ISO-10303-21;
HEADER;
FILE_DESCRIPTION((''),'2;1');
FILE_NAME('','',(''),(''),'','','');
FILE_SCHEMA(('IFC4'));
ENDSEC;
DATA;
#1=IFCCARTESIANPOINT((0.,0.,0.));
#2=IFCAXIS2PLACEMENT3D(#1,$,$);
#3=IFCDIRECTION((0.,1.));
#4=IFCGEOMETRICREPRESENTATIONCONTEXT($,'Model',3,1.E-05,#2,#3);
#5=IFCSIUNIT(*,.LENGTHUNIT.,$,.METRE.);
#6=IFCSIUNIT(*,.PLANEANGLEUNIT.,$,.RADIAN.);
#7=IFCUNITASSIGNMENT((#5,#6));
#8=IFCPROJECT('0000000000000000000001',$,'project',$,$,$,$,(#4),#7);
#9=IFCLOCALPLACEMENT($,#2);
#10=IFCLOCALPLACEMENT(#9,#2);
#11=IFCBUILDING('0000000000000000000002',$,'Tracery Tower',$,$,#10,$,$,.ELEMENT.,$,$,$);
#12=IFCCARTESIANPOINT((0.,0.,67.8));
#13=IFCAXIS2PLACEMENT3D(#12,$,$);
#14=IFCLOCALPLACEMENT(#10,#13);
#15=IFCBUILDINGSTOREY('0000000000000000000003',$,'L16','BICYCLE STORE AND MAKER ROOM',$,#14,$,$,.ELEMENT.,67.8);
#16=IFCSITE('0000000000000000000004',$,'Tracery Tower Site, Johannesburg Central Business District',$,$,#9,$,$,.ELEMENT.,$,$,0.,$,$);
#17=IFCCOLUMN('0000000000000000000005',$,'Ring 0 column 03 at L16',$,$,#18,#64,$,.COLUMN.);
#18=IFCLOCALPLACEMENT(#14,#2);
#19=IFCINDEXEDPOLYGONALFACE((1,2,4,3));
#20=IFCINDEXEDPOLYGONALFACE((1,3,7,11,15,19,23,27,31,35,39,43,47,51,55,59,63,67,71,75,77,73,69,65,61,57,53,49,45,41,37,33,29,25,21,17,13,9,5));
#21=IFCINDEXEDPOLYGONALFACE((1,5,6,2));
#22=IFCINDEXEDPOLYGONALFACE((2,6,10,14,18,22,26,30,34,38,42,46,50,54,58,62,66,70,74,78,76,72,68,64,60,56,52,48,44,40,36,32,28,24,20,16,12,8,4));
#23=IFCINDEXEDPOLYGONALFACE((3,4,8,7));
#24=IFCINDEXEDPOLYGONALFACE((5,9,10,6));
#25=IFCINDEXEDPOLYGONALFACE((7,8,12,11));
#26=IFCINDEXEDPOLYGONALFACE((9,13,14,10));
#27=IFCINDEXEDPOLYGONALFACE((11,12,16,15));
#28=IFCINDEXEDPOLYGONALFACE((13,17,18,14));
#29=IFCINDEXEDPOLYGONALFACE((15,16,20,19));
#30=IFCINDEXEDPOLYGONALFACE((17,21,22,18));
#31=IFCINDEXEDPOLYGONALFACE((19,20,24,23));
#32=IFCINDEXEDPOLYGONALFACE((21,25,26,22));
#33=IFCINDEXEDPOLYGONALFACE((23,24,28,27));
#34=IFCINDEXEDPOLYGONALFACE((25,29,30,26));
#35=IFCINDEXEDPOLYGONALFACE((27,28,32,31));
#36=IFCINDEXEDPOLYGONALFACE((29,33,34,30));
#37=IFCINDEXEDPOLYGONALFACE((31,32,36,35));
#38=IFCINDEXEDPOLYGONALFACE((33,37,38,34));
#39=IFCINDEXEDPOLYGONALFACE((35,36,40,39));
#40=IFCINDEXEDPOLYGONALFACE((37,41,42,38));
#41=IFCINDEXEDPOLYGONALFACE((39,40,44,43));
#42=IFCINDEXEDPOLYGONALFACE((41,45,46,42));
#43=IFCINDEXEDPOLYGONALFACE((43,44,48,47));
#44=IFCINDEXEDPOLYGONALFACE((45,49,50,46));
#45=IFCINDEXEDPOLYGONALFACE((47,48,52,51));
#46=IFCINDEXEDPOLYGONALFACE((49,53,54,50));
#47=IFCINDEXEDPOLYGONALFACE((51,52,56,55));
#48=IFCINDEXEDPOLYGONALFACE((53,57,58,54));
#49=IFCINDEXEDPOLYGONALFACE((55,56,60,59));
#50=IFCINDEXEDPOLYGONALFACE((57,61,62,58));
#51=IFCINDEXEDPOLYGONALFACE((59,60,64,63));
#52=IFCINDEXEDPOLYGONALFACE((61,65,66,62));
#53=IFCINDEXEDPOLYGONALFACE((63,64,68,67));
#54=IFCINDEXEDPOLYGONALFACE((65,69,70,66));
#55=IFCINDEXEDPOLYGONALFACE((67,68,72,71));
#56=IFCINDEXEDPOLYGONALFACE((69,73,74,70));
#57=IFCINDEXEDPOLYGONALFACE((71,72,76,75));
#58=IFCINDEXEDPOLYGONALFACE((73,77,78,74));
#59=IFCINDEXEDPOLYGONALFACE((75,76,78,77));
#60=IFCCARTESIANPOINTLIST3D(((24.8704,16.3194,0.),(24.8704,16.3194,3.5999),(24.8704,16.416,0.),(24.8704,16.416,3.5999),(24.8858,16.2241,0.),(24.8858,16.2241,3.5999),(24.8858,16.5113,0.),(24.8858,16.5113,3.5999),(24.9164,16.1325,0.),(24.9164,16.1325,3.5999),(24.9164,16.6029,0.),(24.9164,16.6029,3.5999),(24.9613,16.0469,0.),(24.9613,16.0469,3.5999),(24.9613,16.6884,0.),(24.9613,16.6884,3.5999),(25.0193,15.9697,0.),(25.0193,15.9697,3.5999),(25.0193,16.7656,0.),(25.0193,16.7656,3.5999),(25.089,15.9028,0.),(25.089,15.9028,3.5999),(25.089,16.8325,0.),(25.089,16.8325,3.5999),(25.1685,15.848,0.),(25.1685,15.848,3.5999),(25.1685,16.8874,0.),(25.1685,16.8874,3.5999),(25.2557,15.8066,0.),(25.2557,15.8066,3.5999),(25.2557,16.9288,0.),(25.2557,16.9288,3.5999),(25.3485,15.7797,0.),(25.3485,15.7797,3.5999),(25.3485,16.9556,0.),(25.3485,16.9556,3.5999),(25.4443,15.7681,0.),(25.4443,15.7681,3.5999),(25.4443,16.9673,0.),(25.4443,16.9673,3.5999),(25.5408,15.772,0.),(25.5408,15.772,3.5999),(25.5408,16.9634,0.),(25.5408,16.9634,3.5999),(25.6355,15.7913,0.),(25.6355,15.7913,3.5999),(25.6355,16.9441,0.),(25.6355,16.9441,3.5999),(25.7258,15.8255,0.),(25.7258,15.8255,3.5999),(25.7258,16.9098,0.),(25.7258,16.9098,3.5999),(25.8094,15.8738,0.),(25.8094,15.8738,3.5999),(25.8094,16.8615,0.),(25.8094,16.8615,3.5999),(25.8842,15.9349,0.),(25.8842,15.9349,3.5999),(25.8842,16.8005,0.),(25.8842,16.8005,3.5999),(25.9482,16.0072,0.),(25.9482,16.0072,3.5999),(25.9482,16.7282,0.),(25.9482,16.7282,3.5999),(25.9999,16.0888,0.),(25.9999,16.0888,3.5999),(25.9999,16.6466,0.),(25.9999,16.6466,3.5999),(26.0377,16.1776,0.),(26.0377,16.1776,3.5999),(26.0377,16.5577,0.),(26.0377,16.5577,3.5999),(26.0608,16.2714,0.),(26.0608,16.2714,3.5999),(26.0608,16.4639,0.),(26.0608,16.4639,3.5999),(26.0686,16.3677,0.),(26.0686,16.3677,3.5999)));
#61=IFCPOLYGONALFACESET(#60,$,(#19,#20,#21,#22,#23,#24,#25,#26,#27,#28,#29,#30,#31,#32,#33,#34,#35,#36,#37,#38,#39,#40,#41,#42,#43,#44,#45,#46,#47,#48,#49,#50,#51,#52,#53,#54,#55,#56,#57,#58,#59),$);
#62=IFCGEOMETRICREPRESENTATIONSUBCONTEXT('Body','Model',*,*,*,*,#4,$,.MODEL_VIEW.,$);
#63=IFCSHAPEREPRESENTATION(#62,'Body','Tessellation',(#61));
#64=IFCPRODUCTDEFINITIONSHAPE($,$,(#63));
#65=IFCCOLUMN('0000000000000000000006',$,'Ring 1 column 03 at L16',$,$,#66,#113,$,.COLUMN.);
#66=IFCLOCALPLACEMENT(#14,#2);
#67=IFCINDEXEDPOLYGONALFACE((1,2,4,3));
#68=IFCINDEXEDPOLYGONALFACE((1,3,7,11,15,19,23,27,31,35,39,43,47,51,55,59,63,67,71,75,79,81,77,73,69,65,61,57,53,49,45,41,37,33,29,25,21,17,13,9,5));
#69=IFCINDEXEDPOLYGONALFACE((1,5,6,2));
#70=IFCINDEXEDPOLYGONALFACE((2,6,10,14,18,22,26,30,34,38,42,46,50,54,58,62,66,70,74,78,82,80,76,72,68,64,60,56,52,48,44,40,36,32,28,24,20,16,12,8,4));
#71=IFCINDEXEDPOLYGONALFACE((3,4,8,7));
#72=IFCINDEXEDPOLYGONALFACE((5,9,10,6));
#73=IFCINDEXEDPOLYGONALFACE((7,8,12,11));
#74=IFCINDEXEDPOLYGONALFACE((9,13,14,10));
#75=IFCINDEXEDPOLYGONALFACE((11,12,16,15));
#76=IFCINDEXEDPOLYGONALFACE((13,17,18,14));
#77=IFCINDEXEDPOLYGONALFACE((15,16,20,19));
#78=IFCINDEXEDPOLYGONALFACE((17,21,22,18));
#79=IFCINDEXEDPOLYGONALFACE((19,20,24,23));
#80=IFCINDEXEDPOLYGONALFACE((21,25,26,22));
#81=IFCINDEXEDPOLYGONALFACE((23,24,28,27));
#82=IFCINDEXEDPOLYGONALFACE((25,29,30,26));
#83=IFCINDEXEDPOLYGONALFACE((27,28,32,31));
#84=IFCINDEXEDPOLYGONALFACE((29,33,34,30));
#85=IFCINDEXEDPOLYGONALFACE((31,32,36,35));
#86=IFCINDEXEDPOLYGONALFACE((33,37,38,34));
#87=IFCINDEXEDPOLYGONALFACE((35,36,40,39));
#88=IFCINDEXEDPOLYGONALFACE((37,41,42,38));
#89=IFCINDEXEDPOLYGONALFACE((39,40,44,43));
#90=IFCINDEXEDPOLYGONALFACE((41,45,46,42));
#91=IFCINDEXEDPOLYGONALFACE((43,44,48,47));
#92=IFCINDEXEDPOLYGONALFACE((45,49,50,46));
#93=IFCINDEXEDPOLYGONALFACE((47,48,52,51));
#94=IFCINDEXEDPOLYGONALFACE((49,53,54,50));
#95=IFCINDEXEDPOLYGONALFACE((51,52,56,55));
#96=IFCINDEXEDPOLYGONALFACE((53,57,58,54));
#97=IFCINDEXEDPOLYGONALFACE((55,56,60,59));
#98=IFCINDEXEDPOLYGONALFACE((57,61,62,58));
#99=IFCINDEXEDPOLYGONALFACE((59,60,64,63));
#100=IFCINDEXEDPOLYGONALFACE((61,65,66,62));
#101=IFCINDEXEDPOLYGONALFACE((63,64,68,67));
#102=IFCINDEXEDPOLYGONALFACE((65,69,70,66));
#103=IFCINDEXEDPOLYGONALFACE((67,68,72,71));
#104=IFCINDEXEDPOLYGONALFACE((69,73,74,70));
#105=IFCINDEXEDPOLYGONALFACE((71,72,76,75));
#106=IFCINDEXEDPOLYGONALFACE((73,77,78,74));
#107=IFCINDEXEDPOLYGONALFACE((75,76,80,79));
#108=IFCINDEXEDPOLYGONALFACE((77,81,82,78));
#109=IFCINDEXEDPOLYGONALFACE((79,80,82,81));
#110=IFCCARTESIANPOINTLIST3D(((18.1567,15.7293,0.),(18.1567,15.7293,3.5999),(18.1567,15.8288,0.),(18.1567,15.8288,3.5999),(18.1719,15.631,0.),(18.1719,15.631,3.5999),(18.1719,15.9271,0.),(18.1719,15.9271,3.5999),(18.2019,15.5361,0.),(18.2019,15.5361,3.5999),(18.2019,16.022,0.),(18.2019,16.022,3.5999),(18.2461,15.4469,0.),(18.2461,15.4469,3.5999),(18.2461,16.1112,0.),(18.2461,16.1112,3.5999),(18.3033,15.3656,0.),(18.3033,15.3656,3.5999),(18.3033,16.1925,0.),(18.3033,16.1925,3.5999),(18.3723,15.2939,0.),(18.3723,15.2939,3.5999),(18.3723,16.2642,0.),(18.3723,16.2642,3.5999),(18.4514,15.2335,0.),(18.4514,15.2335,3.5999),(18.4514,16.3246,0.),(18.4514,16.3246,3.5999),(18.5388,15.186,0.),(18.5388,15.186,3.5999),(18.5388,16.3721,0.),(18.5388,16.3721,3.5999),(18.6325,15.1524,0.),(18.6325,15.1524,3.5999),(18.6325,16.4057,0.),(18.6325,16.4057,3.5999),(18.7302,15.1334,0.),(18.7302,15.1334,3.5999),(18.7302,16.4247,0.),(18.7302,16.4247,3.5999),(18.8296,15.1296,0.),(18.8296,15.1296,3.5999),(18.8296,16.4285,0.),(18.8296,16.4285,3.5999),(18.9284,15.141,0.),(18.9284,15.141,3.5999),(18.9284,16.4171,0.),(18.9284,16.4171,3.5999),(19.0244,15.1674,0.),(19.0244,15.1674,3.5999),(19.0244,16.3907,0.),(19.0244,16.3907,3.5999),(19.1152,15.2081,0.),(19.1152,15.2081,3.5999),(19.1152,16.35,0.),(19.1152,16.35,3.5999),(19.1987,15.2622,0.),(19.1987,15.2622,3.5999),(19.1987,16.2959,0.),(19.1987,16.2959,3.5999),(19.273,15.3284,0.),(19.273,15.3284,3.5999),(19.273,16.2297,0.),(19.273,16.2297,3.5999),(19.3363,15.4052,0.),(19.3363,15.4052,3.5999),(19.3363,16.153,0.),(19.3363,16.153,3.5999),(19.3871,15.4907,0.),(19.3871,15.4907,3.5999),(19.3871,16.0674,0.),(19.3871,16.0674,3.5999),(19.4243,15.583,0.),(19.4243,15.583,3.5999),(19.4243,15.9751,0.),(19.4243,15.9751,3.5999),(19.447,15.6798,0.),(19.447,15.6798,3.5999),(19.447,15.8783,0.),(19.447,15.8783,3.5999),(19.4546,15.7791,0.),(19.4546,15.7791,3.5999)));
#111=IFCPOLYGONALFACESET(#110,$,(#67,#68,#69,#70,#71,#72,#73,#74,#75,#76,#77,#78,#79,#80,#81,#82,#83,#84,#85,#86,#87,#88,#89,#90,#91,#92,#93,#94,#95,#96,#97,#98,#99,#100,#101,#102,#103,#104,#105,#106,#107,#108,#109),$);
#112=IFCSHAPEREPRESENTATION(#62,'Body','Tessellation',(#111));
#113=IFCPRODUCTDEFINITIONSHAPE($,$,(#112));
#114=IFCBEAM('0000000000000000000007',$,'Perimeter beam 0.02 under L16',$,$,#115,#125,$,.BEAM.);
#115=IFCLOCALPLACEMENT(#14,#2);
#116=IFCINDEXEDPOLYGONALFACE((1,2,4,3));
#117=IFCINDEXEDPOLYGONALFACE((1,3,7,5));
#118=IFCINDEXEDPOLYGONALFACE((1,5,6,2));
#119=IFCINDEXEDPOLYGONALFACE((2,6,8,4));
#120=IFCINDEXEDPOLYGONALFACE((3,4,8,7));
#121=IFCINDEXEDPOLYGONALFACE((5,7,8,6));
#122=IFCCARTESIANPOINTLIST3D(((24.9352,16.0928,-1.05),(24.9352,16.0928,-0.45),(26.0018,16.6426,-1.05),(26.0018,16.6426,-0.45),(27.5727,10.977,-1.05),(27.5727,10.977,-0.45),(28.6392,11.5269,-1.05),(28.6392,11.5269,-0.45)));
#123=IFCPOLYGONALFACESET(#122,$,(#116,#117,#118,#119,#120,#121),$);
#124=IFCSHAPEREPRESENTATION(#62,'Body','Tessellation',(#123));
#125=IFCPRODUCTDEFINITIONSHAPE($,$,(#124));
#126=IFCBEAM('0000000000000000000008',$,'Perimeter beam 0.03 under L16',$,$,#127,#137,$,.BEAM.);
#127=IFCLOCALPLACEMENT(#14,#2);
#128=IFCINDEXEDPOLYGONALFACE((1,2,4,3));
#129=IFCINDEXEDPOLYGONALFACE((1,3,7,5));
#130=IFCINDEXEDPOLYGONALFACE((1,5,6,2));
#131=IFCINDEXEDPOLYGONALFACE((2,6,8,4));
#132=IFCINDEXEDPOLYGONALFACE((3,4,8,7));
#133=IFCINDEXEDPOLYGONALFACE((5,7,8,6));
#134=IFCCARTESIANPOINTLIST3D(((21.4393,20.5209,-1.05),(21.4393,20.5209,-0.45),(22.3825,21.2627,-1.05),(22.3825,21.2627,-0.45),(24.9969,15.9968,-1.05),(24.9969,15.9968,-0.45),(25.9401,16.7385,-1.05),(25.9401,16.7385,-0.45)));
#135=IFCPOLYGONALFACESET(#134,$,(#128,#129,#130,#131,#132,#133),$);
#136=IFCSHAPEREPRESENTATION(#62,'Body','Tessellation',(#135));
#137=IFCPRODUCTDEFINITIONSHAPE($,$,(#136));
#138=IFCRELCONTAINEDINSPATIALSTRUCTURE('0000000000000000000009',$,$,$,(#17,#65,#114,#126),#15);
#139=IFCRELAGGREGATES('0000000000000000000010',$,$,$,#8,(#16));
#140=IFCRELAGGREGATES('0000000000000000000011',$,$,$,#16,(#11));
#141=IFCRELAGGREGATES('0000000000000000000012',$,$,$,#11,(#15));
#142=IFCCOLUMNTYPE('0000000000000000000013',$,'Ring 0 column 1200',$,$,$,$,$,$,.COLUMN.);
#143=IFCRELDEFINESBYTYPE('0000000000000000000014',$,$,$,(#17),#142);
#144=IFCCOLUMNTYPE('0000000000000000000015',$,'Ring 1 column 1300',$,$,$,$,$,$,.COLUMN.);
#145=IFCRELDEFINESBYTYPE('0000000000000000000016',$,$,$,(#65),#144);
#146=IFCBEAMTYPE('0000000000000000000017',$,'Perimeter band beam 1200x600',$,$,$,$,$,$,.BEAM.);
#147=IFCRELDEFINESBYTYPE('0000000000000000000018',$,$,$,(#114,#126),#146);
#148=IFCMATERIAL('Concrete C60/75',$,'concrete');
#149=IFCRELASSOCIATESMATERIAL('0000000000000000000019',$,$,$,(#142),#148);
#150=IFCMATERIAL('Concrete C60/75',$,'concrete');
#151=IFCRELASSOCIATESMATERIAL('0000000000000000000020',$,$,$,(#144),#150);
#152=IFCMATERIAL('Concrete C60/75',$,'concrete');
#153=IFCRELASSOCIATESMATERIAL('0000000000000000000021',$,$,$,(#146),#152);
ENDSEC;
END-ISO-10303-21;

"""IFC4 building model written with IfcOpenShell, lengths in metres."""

from ifc_helpers import new_model, si_unit, direction, frame, origin, origin_2d, place, context, subcontext, project, spatial, rectangle, circle, extrude, material, material_profile, profile_set, type_object, element, save


model = new_model("IFC4")

# Units and contexts
model_context = context("Model", 3, precision=1e-05, world=origin(), true_north=direction((0.0, 1.0)))
body_context = subcontext(model_context, "Body", "Model", "MODEL_VIEW")
ifc_project = project(units=[si_unit("LENGTHUNIT", "METRE"), si_unit("PLANEANGLEUNIT", "RADIAN")], contexts=[model_context])

# Site, building, storey
site_placement = place(None, origin())
site = spatial("IfcSite", under=ifc_project, at=site_placement, Name="Tracery Tower Site, Johannesburg Central Business District", CompositionType="ELEMENT", RefElevation=0.0)
building_placement = place(site_placement, origin())
building = spatial("IfcBuilding", under=site, at=building_placement, Name="Tracery Tower", CompositionType="ELEMENT")
storey_placement = place(building_placement, frame((0.0, 0.0, 67.8)))
storey = spatial("IfcBuildingStorey", under=building, at=storey_placement, Name="L16", Description="BICYCLE STORE AND MAKER ROOM", CompositionType="ELEMENT", Elevation=67.8)

# Columns
ifc_material_1 = material(Name="Concrete C60/75", Category="concrete")
ifc_material_profile_1 = material_profile(ifc_material_1, circle(Radius=0.6001, at=origin_2d()), Name="RC D1200")
ifc_profile_set_1 = profile_set([ifc_material_profile_1], Name="Concrete C60/75")
column_type_1 = type_object("IfcColumnType", Name="Ring 0 column 1200", PredefinedType="COLUMN", material=ifc_profile_set_1)
column_1_placement = place(storey_placement, frame((25.4685, 16.3677, 0.0), z_axis=(0.0, 0.0, 1.0), x_axis=(1.0, 0.0, 0.0)))
element("IfcColumn", 1, at=column_1_placement, inside=storey, type_object=column_type_1, Name="Ring 0 column 03 at L16", PredefinedType="COLUMN", context=body_context, shape_type="SweptSolid", body=[
    extrude(circle(Radius=0.6001, at=origin_2d()), origin(), (0.0, 0.0, 1.0), 3.5999),
])
ifc_material_2 = material(Name="Concrete C60/75", Category="concrete")
ifc_material_profile_2 = material_profile(ifc_material_2, circle(Radius=0.6499, at=origin_2d()), Name="RC D1300")
ifc_profile_set_2 = profile_set([ifc_material_profile_2], Name="Concrete C60/75")
column_type_2 = type_object("IfcColumnType", Name="Ring 1 column 1300", PredefinedType="COLUMN", material=ifc_profile_set_2)
column_2_placement = place(storey_placement, frame((18.8047, 15.7791, 0.0), z_axis=(0.0, 0.0, 1.0), x_axis=(1.0, 0.0, 0.0)))
element("IfcColumn", 2, at=column_2_placement, inside=storey, type_object=column_type_2, Name="Ring 1 column 03 at L16", PredefinedType="COLUMN", context=body_context, shape_type="SweptSolid", body=[
    extrude(circle(Radius=0.6499, at=origin_2d()), origin(), (0.0, 0.0, 1.0), 3.5999),
])

# Beams
ifc_material_3 = material(Name="Concrete C60/75", Category="concrete")
ifc_material_profile_3 = material_profile(ifc_material_3, rectangle(XDim=1.2, YDim=0.6001, at=origin_2d()), Name="RC 1200x600")
ifc_profile_set_3 = profile_set([ifc_material_profile_3], Name="Concrete C60/75")
beam_type = type_object("IfcBeamType", Name="Perimeter band beam 1200x600", PredefinedType="BEAM", material=ifc_profile_set_3)
beam_1_placement = place(storey_placement, frame((28.106, 11.252, -0.75), z_axis=(-0.458242, 0.888827, 0.0), x_axis=(-0.888827, -0.458242, 0.0)))
element("IfcBeam", 3, at=beam_1_placement, inside=storey, type_object=beam_type, Name="Perimeter beam 0.02 under L16", PredefinedType="BEAM", context=body_context, shape_type="SweptSolid", body=[
    extrude(rectangle(XDim=1.2, YDim=0.6001, at=origin_2d()), origin(), (0.0, 0.0, 1.0), 5.7556),
])
beam_2_placement = place(storey_placement, frame((25.4685, 16.3677, -0.75), z_axis=(-0.618134, 0.786072, 0.0), x_axis=(-0.786072, -0.618134, 0.0)))
element("IfcBeam", 4, at=beam_2_placement, inside=storey, type_object=beam_type, Name="Perimeter beam 0.03 under L16", PredefinedType="BEAM", context=body_context, shape_type="SweptSolid", body=[
    extrude(rectangle(XDim=1.2, YDim=0.6001, at=origin_2d()), origin(), (0.0, 0.0, 1.0), 5.7554),
])

save(model, "model.ifc")
